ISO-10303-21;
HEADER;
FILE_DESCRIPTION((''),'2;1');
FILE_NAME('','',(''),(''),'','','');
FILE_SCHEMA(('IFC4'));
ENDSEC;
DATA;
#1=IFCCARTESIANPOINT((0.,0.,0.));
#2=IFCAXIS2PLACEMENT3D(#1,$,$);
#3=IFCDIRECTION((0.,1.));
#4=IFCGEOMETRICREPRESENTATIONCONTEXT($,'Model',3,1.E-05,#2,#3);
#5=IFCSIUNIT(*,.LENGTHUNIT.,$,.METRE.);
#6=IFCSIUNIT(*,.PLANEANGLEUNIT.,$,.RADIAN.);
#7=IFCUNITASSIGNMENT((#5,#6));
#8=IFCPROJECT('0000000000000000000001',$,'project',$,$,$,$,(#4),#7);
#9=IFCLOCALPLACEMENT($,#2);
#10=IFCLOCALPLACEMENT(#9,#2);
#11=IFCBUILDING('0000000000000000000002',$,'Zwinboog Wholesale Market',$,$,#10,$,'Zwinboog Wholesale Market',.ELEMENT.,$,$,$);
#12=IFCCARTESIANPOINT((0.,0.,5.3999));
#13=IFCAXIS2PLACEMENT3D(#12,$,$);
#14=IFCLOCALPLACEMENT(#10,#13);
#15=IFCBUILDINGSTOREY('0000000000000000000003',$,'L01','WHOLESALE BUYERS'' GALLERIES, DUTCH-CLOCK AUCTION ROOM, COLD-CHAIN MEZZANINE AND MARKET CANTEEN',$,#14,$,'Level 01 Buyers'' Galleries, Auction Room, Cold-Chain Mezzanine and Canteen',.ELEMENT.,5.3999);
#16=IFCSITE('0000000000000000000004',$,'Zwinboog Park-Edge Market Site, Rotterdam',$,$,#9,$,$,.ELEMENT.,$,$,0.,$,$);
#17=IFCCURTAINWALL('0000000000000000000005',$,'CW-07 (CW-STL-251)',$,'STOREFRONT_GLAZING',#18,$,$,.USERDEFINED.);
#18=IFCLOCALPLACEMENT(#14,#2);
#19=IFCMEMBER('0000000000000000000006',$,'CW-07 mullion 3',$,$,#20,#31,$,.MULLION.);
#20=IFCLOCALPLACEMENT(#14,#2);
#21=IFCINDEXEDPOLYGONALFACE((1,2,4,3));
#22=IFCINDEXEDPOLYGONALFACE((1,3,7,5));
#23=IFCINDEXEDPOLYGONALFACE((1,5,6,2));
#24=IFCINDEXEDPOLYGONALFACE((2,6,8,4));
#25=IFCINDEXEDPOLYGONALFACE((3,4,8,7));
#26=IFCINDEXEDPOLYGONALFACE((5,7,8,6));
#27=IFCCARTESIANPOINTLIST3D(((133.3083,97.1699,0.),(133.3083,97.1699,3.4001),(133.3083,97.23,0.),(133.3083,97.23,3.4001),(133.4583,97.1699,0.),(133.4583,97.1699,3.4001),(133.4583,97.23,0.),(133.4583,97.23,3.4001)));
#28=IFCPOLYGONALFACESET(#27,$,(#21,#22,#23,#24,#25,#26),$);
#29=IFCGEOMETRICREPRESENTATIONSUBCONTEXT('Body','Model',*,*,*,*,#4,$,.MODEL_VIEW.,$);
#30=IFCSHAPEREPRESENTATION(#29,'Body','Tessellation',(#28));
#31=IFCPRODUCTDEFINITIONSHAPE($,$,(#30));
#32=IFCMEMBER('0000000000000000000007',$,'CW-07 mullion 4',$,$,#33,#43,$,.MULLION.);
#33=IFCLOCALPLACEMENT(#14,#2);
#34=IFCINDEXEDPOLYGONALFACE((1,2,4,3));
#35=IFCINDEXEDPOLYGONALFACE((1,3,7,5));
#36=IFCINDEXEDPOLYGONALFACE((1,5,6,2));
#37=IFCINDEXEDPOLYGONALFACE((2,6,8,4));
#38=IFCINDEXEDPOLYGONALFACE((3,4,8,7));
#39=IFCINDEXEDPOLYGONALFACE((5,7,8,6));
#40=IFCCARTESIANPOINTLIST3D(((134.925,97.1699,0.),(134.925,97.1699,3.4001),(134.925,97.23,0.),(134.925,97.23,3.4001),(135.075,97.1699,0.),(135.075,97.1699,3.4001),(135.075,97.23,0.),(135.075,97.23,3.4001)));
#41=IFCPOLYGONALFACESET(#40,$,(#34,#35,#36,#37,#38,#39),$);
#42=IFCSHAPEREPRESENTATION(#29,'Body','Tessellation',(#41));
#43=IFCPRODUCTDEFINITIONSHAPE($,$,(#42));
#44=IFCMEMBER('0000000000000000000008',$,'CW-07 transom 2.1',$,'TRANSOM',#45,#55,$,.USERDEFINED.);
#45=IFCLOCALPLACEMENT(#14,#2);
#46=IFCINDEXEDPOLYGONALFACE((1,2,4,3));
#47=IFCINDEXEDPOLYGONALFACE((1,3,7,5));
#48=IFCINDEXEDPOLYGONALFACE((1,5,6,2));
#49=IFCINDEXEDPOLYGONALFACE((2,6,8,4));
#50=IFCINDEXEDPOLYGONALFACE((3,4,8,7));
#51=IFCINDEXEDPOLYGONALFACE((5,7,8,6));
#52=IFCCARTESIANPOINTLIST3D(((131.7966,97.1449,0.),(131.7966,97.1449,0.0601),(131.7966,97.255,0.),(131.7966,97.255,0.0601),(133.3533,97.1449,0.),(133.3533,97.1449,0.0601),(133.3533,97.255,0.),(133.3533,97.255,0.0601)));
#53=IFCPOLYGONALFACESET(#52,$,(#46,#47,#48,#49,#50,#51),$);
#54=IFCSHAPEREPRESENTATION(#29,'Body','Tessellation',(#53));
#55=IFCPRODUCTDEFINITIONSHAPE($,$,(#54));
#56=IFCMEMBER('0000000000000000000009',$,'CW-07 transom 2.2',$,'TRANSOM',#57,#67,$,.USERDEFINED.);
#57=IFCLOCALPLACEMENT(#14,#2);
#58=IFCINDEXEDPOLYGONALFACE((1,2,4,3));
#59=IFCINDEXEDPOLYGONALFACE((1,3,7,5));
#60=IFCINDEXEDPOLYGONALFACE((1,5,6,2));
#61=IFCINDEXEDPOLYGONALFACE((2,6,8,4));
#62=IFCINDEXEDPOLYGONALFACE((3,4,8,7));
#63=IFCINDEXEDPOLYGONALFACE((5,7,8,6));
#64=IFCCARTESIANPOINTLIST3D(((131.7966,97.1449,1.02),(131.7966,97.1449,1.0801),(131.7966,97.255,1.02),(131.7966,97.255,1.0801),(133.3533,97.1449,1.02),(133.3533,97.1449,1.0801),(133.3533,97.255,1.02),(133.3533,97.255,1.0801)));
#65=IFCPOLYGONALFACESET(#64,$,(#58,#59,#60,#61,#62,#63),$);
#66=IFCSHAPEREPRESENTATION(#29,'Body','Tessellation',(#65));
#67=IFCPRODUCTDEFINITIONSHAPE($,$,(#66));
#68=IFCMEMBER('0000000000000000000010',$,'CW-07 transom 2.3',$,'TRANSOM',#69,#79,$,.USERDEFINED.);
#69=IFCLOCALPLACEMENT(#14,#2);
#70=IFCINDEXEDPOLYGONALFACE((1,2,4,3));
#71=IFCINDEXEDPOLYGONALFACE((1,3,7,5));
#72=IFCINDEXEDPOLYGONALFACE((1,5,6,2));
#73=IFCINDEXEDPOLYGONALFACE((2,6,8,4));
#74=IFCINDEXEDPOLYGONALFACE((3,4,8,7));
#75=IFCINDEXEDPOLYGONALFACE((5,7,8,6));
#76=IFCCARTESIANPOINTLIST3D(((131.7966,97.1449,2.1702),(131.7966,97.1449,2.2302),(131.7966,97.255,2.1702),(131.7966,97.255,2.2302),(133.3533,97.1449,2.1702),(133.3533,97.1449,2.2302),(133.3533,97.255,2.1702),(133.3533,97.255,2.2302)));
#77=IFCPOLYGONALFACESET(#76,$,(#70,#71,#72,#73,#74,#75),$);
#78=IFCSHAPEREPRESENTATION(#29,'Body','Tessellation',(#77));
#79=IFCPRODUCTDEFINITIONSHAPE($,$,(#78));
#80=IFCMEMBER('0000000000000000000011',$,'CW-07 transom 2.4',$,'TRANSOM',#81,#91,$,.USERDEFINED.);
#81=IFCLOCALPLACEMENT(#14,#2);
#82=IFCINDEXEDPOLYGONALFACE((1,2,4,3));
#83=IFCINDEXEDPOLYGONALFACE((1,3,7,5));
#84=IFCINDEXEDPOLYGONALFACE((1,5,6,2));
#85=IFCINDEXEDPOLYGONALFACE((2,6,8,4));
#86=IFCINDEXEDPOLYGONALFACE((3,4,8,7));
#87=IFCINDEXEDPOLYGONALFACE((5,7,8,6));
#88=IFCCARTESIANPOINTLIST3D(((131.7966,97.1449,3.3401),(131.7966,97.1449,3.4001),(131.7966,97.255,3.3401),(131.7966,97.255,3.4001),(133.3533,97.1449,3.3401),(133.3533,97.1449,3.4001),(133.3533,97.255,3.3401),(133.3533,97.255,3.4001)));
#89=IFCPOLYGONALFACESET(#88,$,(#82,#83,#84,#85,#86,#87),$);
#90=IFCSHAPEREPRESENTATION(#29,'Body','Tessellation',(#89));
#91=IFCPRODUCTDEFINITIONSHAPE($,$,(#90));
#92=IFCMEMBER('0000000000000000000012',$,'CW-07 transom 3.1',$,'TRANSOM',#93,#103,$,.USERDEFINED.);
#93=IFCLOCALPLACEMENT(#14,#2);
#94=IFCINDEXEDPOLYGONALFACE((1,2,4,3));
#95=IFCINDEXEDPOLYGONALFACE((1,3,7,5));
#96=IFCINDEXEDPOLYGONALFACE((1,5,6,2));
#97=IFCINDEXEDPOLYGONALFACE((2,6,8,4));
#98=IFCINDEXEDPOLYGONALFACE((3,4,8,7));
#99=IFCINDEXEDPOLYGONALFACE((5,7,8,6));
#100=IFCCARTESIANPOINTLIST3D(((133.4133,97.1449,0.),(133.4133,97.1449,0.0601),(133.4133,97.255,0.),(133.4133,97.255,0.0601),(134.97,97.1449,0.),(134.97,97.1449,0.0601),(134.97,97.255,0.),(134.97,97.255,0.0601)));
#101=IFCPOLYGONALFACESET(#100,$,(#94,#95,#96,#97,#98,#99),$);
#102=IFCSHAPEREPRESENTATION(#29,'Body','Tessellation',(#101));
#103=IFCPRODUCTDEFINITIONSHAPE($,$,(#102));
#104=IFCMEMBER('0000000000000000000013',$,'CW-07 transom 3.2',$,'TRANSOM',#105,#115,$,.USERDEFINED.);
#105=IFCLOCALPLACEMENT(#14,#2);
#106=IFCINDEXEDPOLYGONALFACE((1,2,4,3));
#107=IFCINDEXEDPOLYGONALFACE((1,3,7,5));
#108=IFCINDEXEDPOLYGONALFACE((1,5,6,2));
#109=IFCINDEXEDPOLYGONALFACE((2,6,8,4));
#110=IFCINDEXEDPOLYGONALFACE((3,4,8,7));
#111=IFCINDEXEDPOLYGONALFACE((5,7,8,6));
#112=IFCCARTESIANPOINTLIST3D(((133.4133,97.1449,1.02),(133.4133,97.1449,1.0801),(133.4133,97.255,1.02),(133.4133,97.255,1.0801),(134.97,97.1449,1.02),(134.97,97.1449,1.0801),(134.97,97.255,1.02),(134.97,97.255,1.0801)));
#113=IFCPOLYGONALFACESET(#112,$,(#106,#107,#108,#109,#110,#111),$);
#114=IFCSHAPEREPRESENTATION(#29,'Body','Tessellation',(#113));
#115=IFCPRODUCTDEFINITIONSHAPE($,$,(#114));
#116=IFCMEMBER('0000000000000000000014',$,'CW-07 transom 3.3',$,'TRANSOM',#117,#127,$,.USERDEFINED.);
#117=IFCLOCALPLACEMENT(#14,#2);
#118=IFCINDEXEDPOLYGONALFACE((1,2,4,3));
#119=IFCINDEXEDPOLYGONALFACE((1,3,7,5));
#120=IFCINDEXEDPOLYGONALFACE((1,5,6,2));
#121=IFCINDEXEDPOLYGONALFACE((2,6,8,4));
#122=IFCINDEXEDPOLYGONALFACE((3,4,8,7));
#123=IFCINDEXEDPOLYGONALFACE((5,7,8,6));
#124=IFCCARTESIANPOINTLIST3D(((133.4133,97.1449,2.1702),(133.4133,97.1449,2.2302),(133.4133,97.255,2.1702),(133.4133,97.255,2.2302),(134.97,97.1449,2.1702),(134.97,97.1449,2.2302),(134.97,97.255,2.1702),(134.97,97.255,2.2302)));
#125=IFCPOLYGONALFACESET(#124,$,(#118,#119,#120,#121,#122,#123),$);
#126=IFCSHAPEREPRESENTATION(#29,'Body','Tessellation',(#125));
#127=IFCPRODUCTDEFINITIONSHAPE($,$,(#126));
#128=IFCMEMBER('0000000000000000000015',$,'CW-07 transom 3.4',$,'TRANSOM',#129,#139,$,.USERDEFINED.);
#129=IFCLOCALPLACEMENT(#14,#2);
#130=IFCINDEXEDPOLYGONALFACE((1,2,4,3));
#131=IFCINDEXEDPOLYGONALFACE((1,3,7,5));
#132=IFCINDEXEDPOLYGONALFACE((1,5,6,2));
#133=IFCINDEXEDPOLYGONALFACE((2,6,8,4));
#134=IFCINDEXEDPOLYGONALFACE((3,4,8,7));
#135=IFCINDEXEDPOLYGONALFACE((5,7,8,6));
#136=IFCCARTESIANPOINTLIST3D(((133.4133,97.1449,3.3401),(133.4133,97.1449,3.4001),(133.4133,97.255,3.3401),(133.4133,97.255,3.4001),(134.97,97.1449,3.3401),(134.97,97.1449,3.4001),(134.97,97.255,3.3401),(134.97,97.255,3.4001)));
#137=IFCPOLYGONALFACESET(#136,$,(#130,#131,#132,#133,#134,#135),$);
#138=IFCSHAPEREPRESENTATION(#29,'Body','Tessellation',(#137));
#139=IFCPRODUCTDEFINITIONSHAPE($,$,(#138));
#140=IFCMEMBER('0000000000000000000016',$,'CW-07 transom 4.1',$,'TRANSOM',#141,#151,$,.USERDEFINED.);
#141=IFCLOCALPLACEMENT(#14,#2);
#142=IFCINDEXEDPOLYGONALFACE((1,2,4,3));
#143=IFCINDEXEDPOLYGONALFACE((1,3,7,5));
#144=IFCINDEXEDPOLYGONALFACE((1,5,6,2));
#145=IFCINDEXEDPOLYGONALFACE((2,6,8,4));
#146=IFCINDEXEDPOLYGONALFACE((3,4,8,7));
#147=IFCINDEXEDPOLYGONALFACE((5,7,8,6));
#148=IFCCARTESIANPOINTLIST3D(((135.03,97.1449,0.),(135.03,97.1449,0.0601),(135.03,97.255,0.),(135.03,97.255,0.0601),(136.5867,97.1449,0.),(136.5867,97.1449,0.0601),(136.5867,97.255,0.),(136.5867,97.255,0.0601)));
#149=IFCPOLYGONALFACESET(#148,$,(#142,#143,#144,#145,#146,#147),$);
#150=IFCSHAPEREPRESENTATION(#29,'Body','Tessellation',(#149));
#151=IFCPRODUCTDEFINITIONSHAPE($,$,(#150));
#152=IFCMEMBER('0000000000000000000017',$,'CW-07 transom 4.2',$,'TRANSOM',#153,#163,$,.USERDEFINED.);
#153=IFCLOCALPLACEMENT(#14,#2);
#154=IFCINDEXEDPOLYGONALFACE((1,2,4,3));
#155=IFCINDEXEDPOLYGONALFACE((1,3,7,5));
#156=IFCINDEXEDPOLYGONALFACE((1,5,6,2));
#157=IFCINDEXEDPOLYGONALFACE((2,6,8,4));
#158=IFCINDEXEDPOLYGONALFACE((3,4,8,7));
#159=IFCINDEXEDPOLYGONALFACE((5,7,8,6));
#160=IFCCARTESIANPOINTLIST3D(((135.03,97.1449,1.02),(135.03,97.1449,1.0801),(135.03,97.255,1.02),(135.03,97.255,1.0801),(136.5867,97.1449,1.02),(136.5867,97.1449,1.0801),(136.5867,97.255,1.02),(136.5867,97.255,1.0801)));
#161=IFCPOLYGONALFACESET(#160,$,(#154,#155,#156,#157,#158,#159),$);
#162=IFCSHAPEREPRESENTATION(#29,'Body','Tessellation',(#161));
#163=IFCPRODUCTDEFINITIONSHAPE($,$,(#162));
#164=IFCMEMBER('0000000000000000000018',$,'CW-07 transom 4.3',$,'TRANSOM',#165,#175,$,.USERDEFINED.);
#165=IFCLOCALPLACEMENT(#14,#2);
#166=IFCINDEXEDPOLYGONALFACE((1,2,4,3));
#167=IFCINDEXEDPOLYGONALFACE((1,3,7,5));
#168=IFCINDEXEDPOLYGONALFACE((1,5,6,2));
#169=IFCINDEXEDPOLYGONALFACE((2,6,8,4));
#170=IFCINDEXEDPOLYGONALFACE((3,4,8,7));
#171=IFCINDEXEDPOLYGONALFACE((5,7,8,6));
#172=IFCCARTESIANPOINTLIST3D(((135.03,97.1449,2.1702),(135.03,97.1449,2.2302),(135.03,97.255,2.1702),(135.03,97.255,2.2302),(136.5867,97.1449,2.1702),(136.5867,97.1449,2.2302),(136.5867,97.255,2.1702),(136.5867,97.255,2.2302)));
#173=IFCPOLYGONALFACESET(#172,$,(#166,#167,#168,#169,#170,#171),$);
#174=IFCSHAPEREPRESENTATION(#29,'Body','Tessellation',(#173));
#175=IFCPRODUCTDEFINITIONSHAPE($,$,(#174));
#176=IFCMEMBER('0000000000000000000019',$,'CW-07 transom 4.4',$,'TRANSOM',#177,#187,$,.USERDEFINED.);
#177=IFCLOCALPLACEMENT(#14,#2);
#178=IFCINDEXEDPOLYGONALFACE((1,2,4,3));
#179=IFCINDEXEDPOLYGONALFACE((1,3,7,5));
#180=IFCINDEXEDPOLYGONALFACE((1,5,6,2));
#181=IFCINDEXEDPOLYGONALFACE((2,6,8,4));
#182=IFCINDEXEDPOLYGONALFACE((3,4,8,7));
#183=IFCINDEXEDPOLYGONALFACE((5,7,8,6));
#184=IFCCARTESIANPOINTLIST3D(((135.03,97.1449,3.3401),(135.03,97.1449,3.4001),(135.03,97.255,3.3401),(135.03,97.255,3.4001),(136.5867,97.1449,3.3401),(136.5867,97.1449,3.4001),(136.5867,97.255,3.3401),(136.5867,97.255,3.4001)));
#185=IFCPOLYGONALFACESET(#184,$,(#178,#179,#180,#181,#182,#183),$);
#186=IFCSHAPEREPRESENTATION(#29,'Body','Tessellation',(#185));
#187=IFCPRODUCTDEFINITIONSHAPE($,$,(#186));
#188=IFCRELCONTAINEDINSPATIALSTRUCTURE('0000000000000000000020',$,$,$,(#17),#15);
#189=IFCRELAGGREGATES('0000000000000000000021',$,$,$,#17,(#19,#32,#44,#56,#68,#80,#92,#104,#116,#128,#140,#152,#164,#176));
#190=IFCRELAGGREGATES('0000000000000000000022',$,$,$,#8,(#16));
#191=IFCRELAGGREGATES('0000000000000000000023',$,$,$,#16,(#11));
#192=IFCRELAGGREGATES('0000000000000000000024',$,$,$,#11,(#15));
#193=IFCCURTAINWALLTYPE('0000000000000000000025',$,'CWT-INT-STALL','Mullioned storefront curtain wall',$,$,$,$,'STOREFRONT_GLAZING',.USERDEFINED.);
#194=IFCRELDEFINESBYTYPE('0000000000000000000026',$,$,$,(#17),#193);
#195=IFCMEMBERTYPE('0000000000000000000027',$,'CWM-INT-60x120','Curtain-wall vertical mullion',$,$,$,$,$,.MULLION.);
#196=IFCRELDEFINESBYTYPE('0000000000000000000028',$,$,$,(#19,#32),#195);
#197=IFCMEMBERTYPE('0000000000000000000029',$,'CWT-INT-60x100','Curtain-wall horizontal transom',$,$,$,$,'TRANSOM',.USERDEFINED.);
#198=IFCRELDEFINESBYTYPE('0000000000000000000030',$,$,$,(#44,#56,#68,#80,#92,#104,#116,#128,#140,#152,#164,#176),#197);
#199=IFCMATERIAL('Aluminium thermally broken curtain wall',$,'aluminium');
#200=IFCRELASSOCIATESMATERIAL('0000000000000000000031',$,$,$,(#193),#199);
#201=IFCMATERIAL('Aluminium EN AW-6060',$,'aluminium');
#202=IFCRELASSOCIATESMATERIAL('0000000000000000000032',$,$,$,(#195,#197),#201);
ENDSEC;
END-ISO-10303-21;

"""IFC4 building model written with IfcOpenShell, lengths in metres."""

from ifc_helpers import new_model, si_unit, direction, frame, origin, origin_2d, place, context, subcontext, project, spatial, rectangle, extrude, material, material_profile, profile_set, type_object, element, aggregate, save


model = new_model("IFC4")

# Units and contexts
model_context = context("Model", 3, precision=1e-05, world=origin(), true_north=direction((0.0, 1.0)))
body_context = subcontext(model_context, "Body", "Model", "MODEL_VIEW")
ifc_project = project(units=[si_unit("LENGTHUNIT", "METRE"), si_unit("PLANEANGLEUNIT", "RADIAN")], contexts=[model_context])

# Site, building, storey
site_placement = place(None, origin())
site = spatial("IfcSite", under=ifc_project, at=site_placement, Name="Zwinboog Park-Edge Market Site, Rotterdam", CompositionType="ELEMENT", RefElevation=0.0)
building_placement = place(site_placement, origin())
building = spatial("IfcBuilding", under=site, at=building_placement, Name="Zwinboog Wholesale Market", LongName="Zwinboog Wholesale Market", CompositionType="ELEMENT")
storey_placement = place(building_placement, frame((0.0, 0.0, 5.3999)))
storey = spatial("IfcBuildingStorey", under=building, at=storey_placement, Name="L01", Description="WHOLESALE BUYERS' GALLERIES, DUTCH-CLOCK AUCTION ROOM, COLD-CHAIN MEZZANINE AND MARKET CANTEEN", LongName="Level 01 Buyers' Galleries, Auction Room, Cold-Chain Mezzanine and Canteen", CompositionType="ELEMENT", Elevation=5.3999)

# Curtain wall, members
ifc_material_1 = material(Name="Aluminium thermally broken curtain wall", Category="aluminium")
curtain_wall_type = type_object("IfcCurtainWallType", Name="CWT-INT-STALL", Description="Mullioned storefront curtain wall", ElementType="STOREFRONT_GLAZING", PredefinedType="USERDEFINED", material=ifc_material_1)
curtain_wall_placement = place(storey_placement, origin())
curtain_wall = element("IfcCurtainWall", 1, at=curtain_wall_placement, inside=storey, type_object=curtain_wall_type, Name="CW-07 (CW-STL-251)", ObjectType="STOREFRONT_GLAZING", PredefinedType="USERDEFINED")
ifc_material_2 = material(Name="Aluminium EN AW-6060", Category="aluminium")
ifc_material_profile_1 = material_profile(ifc_material_2, rectangle(XDim=0.0601, YDim=0.1499, at=origin_2d()), Name="AL 60x150")
ifc_profile_set_1 = profile_set([ifc_material_profile_1], Name="Aluminium EN AW-6060")
member_type_1 = type_object("IfcMemberType", Name="CWM-INT-60x120", Description="Curtain-wall vertical mullion", PredefinedType="MULLION", material=ifc_profile_set_1)
member_1_placement = place(storey_placement, frame((133.3833, 97.2, 0.0), z_axis=(0.0, 0.0, 1.0), x_axis=(0.0, 1.0, 0.0)))
member_1 = element("IfcMember", 2, at=member_1_placement, type_object=member_type_1, Name="CW-07 mullion 3", PredefinedType="MULLION", context=body_context, shape_type="SweptSolid", body=[
    extrude(rectangle(XDim=0.0601, YDim=0.1499, at=origin_2d()), origin(), (0.0, 0.0, 1.0), 3.4001),
])
member_2_placement = place(storey_placement, frame((135.0, 97.2, 0.0), z_axis=(0.0, 0.0, 1.0), x_axis=(0.0, 1.0, 0.0)))
member_2 = element("IfcMember", 3, at=member_2_placement, type_object=member_type_1, Name="CW-07 mullion 4", PredefinedType="MULLION", context=body_context, shape_type="SweptSolid", body=[
    extrude(rectangle(XDim=0.0601, YDim=0.1499, at=origin_2d()), origin(), (0.0, 0.0, 1.0), 3.4001),
])
ifc_material_profile_2 = material_profile(ifc_material_2, rectangle(XDim=0.1101, YDim=0.0601, at=origin_2d()), Name="AL 60x110")
ifc_profile_set_2 = profile_set([ifc_material_profile_2], Name="Aluminium EN AW-6060")
member_type_2 = type_object("IfcMemberType", Name="CWT-INT-60x100", Description="Curtain-wall horizontal transom", ElementType="TRANSOM", PredefinedType="USERDEFINED", material=ifc_profile_set_2)
member_3_placement = place(storey_placement, frame((131.7966, 97.2, 0.03), z_axis=(1.0, 0.0, 0.0), x_axis=(0.0, 1.0, 0.0)))
member_3 = element("IfcMember", 4, at=member_3_placement, type_object=member_type_2, Name="CW-07 transom 2.1", ObjectType="TRANSOM", PredefinedType="USERDEFINED", context=body_context, shape_type="SweptSolid", body=[
    extrude(rectangle(XDim=0.1101, YDim=0.0601, at=origin_2d()), origin(), (0.0, 0.0, 1.0), 1.5566),
])
member_4_placement = place(storey_placement, frame((131.7966, 97.2, 1.05), z_axis=(1.0, 0.0, 0.0), x_axis=(0.0, 1.0, 0.0)))
member_4 = element("IfcMember", 5, at=member_4_placement, type_object=member_type_2, Name="CW-07 transom 2.2", ObjectType="TRANSOM", PredefinedType="USERDEFINED", context=body_context, shape_type="SweptSolid", body=[
    extrude(rectangle(XDim=0.1101, YDim=0.0601, at=origin_2d()), origin(), (0.0, 0.0, 1.0), 1.5566),
])
member_5_placement = place(storey_placement, frame((131.7966, 97.2, 2.2002), z_axis=(1.0, 0.0, 0.0), x_axis=(0.0, 1.0, 0.0)))
member_5 = element("IfcMember", 6, at=member_5_placement, type_object=member_type_2, Name="CW-07 transom 2.3", ObjectType="TRANSOM", PredefinedType="USERDEFINED", context=body_context, shape_type="SweptSolid", body=[
    extrude(rectangle(XDim=0.1101, YDim=0.0601, at=origin_2d()), origin(), (0.0, 0.0, 1.0), 1.5566),
])
member_6_placement = place(storey_placement, frame((131.7966, 97.2, 3.3701), z_axis=(1.0, 0.0, 0.0), x_axis=(0.0, 1.0, 0.0)))
member_6 = element("IfcMember", 7, at=member_6_placement, type_object=member_type_2, Name="CW-07 transom 2.4", ObjectType="TRANSOM", PredefinedType="USERDEFINED", context=body_context, shape_type="SweptSolid", body=[
    extrude(rectangle(XDim=0.1101, YDim=0.0601, at=origin_2d()), origin(), (0.0, 0.0, 1.0), 1.5566),
])
member_7_placement = place(storey_placement, frame((133.4133, 97.2, 0.03), z_axis=(1.0, 0.0, 0.0), x_axis=(0.0, 1.0, 0.0)))
member_7 = element("IfcMember", 8, at=member_7_placement, type_object=member_type_2, Name="CW-07 transom 3.1", ObjectType="TRANSOM", PredefinedType="USERDEFINED", context=body_context, shape_type="SweptSolid", body=[
    extrude(rectangle(XDim=0.1101, YDim=0.0601, at=origin_2d()), origin(), (0.0, 0.0, 1.0), 1.5566),
])
member_8_placement = place(storey_placement, frame((133.4133, 97.2, 1.05), z_axis=(1.0, 0.0, 0.0), x_axis=(0.0, 1.0, 0.0)))
member_8 = element("IfcMember", 9, at=member_8_placement, type_object=member_type_2, Name="CW-07 transom 3.2", ObjectType="TRANSOM", PredefinedType="USERDEFINED", context=body_context, shape_type="SweptSolid", body=[
    extrude(rectangle(XDim=0.1101, YDim=0.0601, at=origin_2d()), origin(), (0.0, 0.0, 1.0), 1.5566),
])
member_9_placement = place(storey_placement, frame((133.4133, 97.2, 2.2002), z_axis=(1.0, 0.0, 0.0), x_axis=(0.0, 1.0, 0.0)))
member_9 = element("IfcMember", 10, at=member_9_placement, type_object=member_type_2, Name="CW-07 transom 3.3", ObjectType="TRANSOM", PredefinedType="USERDEFINED", context=body_context, shape_type="SweptSolid", body=[
    extrude(rectangle(XDim=0.1101, YDim=0.0601, at=origin_2d()), origin(), (0.0, 0.0, 1.0), 1.5566),
])
member_10_placement = place(storey_placement, frame((133.4133, 97.2, 3.3701), z_axis=(1.0, 0.0, 0.0), x_axis=(0.0, 1.0, 0.0)))
member_10 = element("IfcMember", 11, at=member_10_placement, type_object=member_type_2, Name="CW-07 transom 3.4", ObjectType="TRANSOM", PredefinedType="USERDEFINED", context=body_context, shape_type="SweptSolid", body=[
    extrude(rectangle(XDim=0.1101, YDim=0.0601, at=origin_2d()), origin(), (0.0, 0.0, 1.0), 1.5566),
])
member_11_placement = place(storey_placement, frame((135.03, 97.2, 0.03), z_axis=(1.0, 0.0, 0.0), x_axis=(0.0, 1.0, 0.0)))
member_11 = element("IfcMember", 12, at=member_11_placement, type_object=member_type_2, Name="CW-07 transom 4.1", ObjectType="TRANSOM", PredefinedType="USERDEFINED", context=body_context, shape_type="SweptSolid", body=[
    extrude(rectangle(XDim=0.1101, YDim=0.0601, at=origin_2d()), origin(), (0.0, 0.0, 1.0), 1.5566),
])
member_12_placement = place(storey_placement, frame((135.03, 97.2, 1.05), z_axis=(1.0, 0.0, 0.0), x_axis=(0.0, 1.0, 0.0)))
member_12 = element("IfcMember", 13, at=member_12_placement, type_object=member_type_2, Name="CW-07 transom 4.2", ObjectType="TRANSOM", PredefinedType="USERDEFINED", context=body_context, shape_type="SweptSolid", body=[
    extrude(rectangle(XDim=0.1101, YDim=0.0601, at=origin_2d()), origin(), (0.0, 0.0, 1.0), 1.5566),
])
member_13_placement = place(storey_placement, frame((135.03, 97.2, 2.2002), z_axis=(1.0, 0.0, 0.0), x_axis=(0.0, 1.0, 0.0)))
member_13 = element("IfcMember", 14, at=member_13_placement, type_object=member_type_2, Name="CW-07 transom 4.3", ObjectType="TRANSOM", PredefinedType="USERDEFINED", context=body_context, shape_type="SweptSolid", body=[
    extrude(rectangle(XDim=0.1101, YDim=0.0601, at=origin_2d()), origin(), (0.0, 0.0, 1.0), 1.5566),
])
member_14_placement = place(storey_placement, frame((135.03, 97.2, 3.3701), z_axis=(1.0, 0.0, 0.0), x_axis=(0.0, 1.0, 0.0)))
member_14 = element("IfcMember", 15, at=member_14_placement, type_object=member_type_2, Name="CW-07 transom 4.4", ObjectType="TRANSOM", PredefinedType="USERDEFINED", context=body_context, shape_type="SweptSolid", body=[
    extrude(rectangle(XDim=0.1101, YDim=0.0601, at=origin_2d()), origin(), (0.0, 0.0, 1.0), 1.5566),
])
aggregate(curtain_wall, [member_1, member_2, member_3, member_4, member_5, member_6, member_7, member_8, member_9, member_10, member_11, member_12, member_13, member_14])

save(model, "model.ifc")
